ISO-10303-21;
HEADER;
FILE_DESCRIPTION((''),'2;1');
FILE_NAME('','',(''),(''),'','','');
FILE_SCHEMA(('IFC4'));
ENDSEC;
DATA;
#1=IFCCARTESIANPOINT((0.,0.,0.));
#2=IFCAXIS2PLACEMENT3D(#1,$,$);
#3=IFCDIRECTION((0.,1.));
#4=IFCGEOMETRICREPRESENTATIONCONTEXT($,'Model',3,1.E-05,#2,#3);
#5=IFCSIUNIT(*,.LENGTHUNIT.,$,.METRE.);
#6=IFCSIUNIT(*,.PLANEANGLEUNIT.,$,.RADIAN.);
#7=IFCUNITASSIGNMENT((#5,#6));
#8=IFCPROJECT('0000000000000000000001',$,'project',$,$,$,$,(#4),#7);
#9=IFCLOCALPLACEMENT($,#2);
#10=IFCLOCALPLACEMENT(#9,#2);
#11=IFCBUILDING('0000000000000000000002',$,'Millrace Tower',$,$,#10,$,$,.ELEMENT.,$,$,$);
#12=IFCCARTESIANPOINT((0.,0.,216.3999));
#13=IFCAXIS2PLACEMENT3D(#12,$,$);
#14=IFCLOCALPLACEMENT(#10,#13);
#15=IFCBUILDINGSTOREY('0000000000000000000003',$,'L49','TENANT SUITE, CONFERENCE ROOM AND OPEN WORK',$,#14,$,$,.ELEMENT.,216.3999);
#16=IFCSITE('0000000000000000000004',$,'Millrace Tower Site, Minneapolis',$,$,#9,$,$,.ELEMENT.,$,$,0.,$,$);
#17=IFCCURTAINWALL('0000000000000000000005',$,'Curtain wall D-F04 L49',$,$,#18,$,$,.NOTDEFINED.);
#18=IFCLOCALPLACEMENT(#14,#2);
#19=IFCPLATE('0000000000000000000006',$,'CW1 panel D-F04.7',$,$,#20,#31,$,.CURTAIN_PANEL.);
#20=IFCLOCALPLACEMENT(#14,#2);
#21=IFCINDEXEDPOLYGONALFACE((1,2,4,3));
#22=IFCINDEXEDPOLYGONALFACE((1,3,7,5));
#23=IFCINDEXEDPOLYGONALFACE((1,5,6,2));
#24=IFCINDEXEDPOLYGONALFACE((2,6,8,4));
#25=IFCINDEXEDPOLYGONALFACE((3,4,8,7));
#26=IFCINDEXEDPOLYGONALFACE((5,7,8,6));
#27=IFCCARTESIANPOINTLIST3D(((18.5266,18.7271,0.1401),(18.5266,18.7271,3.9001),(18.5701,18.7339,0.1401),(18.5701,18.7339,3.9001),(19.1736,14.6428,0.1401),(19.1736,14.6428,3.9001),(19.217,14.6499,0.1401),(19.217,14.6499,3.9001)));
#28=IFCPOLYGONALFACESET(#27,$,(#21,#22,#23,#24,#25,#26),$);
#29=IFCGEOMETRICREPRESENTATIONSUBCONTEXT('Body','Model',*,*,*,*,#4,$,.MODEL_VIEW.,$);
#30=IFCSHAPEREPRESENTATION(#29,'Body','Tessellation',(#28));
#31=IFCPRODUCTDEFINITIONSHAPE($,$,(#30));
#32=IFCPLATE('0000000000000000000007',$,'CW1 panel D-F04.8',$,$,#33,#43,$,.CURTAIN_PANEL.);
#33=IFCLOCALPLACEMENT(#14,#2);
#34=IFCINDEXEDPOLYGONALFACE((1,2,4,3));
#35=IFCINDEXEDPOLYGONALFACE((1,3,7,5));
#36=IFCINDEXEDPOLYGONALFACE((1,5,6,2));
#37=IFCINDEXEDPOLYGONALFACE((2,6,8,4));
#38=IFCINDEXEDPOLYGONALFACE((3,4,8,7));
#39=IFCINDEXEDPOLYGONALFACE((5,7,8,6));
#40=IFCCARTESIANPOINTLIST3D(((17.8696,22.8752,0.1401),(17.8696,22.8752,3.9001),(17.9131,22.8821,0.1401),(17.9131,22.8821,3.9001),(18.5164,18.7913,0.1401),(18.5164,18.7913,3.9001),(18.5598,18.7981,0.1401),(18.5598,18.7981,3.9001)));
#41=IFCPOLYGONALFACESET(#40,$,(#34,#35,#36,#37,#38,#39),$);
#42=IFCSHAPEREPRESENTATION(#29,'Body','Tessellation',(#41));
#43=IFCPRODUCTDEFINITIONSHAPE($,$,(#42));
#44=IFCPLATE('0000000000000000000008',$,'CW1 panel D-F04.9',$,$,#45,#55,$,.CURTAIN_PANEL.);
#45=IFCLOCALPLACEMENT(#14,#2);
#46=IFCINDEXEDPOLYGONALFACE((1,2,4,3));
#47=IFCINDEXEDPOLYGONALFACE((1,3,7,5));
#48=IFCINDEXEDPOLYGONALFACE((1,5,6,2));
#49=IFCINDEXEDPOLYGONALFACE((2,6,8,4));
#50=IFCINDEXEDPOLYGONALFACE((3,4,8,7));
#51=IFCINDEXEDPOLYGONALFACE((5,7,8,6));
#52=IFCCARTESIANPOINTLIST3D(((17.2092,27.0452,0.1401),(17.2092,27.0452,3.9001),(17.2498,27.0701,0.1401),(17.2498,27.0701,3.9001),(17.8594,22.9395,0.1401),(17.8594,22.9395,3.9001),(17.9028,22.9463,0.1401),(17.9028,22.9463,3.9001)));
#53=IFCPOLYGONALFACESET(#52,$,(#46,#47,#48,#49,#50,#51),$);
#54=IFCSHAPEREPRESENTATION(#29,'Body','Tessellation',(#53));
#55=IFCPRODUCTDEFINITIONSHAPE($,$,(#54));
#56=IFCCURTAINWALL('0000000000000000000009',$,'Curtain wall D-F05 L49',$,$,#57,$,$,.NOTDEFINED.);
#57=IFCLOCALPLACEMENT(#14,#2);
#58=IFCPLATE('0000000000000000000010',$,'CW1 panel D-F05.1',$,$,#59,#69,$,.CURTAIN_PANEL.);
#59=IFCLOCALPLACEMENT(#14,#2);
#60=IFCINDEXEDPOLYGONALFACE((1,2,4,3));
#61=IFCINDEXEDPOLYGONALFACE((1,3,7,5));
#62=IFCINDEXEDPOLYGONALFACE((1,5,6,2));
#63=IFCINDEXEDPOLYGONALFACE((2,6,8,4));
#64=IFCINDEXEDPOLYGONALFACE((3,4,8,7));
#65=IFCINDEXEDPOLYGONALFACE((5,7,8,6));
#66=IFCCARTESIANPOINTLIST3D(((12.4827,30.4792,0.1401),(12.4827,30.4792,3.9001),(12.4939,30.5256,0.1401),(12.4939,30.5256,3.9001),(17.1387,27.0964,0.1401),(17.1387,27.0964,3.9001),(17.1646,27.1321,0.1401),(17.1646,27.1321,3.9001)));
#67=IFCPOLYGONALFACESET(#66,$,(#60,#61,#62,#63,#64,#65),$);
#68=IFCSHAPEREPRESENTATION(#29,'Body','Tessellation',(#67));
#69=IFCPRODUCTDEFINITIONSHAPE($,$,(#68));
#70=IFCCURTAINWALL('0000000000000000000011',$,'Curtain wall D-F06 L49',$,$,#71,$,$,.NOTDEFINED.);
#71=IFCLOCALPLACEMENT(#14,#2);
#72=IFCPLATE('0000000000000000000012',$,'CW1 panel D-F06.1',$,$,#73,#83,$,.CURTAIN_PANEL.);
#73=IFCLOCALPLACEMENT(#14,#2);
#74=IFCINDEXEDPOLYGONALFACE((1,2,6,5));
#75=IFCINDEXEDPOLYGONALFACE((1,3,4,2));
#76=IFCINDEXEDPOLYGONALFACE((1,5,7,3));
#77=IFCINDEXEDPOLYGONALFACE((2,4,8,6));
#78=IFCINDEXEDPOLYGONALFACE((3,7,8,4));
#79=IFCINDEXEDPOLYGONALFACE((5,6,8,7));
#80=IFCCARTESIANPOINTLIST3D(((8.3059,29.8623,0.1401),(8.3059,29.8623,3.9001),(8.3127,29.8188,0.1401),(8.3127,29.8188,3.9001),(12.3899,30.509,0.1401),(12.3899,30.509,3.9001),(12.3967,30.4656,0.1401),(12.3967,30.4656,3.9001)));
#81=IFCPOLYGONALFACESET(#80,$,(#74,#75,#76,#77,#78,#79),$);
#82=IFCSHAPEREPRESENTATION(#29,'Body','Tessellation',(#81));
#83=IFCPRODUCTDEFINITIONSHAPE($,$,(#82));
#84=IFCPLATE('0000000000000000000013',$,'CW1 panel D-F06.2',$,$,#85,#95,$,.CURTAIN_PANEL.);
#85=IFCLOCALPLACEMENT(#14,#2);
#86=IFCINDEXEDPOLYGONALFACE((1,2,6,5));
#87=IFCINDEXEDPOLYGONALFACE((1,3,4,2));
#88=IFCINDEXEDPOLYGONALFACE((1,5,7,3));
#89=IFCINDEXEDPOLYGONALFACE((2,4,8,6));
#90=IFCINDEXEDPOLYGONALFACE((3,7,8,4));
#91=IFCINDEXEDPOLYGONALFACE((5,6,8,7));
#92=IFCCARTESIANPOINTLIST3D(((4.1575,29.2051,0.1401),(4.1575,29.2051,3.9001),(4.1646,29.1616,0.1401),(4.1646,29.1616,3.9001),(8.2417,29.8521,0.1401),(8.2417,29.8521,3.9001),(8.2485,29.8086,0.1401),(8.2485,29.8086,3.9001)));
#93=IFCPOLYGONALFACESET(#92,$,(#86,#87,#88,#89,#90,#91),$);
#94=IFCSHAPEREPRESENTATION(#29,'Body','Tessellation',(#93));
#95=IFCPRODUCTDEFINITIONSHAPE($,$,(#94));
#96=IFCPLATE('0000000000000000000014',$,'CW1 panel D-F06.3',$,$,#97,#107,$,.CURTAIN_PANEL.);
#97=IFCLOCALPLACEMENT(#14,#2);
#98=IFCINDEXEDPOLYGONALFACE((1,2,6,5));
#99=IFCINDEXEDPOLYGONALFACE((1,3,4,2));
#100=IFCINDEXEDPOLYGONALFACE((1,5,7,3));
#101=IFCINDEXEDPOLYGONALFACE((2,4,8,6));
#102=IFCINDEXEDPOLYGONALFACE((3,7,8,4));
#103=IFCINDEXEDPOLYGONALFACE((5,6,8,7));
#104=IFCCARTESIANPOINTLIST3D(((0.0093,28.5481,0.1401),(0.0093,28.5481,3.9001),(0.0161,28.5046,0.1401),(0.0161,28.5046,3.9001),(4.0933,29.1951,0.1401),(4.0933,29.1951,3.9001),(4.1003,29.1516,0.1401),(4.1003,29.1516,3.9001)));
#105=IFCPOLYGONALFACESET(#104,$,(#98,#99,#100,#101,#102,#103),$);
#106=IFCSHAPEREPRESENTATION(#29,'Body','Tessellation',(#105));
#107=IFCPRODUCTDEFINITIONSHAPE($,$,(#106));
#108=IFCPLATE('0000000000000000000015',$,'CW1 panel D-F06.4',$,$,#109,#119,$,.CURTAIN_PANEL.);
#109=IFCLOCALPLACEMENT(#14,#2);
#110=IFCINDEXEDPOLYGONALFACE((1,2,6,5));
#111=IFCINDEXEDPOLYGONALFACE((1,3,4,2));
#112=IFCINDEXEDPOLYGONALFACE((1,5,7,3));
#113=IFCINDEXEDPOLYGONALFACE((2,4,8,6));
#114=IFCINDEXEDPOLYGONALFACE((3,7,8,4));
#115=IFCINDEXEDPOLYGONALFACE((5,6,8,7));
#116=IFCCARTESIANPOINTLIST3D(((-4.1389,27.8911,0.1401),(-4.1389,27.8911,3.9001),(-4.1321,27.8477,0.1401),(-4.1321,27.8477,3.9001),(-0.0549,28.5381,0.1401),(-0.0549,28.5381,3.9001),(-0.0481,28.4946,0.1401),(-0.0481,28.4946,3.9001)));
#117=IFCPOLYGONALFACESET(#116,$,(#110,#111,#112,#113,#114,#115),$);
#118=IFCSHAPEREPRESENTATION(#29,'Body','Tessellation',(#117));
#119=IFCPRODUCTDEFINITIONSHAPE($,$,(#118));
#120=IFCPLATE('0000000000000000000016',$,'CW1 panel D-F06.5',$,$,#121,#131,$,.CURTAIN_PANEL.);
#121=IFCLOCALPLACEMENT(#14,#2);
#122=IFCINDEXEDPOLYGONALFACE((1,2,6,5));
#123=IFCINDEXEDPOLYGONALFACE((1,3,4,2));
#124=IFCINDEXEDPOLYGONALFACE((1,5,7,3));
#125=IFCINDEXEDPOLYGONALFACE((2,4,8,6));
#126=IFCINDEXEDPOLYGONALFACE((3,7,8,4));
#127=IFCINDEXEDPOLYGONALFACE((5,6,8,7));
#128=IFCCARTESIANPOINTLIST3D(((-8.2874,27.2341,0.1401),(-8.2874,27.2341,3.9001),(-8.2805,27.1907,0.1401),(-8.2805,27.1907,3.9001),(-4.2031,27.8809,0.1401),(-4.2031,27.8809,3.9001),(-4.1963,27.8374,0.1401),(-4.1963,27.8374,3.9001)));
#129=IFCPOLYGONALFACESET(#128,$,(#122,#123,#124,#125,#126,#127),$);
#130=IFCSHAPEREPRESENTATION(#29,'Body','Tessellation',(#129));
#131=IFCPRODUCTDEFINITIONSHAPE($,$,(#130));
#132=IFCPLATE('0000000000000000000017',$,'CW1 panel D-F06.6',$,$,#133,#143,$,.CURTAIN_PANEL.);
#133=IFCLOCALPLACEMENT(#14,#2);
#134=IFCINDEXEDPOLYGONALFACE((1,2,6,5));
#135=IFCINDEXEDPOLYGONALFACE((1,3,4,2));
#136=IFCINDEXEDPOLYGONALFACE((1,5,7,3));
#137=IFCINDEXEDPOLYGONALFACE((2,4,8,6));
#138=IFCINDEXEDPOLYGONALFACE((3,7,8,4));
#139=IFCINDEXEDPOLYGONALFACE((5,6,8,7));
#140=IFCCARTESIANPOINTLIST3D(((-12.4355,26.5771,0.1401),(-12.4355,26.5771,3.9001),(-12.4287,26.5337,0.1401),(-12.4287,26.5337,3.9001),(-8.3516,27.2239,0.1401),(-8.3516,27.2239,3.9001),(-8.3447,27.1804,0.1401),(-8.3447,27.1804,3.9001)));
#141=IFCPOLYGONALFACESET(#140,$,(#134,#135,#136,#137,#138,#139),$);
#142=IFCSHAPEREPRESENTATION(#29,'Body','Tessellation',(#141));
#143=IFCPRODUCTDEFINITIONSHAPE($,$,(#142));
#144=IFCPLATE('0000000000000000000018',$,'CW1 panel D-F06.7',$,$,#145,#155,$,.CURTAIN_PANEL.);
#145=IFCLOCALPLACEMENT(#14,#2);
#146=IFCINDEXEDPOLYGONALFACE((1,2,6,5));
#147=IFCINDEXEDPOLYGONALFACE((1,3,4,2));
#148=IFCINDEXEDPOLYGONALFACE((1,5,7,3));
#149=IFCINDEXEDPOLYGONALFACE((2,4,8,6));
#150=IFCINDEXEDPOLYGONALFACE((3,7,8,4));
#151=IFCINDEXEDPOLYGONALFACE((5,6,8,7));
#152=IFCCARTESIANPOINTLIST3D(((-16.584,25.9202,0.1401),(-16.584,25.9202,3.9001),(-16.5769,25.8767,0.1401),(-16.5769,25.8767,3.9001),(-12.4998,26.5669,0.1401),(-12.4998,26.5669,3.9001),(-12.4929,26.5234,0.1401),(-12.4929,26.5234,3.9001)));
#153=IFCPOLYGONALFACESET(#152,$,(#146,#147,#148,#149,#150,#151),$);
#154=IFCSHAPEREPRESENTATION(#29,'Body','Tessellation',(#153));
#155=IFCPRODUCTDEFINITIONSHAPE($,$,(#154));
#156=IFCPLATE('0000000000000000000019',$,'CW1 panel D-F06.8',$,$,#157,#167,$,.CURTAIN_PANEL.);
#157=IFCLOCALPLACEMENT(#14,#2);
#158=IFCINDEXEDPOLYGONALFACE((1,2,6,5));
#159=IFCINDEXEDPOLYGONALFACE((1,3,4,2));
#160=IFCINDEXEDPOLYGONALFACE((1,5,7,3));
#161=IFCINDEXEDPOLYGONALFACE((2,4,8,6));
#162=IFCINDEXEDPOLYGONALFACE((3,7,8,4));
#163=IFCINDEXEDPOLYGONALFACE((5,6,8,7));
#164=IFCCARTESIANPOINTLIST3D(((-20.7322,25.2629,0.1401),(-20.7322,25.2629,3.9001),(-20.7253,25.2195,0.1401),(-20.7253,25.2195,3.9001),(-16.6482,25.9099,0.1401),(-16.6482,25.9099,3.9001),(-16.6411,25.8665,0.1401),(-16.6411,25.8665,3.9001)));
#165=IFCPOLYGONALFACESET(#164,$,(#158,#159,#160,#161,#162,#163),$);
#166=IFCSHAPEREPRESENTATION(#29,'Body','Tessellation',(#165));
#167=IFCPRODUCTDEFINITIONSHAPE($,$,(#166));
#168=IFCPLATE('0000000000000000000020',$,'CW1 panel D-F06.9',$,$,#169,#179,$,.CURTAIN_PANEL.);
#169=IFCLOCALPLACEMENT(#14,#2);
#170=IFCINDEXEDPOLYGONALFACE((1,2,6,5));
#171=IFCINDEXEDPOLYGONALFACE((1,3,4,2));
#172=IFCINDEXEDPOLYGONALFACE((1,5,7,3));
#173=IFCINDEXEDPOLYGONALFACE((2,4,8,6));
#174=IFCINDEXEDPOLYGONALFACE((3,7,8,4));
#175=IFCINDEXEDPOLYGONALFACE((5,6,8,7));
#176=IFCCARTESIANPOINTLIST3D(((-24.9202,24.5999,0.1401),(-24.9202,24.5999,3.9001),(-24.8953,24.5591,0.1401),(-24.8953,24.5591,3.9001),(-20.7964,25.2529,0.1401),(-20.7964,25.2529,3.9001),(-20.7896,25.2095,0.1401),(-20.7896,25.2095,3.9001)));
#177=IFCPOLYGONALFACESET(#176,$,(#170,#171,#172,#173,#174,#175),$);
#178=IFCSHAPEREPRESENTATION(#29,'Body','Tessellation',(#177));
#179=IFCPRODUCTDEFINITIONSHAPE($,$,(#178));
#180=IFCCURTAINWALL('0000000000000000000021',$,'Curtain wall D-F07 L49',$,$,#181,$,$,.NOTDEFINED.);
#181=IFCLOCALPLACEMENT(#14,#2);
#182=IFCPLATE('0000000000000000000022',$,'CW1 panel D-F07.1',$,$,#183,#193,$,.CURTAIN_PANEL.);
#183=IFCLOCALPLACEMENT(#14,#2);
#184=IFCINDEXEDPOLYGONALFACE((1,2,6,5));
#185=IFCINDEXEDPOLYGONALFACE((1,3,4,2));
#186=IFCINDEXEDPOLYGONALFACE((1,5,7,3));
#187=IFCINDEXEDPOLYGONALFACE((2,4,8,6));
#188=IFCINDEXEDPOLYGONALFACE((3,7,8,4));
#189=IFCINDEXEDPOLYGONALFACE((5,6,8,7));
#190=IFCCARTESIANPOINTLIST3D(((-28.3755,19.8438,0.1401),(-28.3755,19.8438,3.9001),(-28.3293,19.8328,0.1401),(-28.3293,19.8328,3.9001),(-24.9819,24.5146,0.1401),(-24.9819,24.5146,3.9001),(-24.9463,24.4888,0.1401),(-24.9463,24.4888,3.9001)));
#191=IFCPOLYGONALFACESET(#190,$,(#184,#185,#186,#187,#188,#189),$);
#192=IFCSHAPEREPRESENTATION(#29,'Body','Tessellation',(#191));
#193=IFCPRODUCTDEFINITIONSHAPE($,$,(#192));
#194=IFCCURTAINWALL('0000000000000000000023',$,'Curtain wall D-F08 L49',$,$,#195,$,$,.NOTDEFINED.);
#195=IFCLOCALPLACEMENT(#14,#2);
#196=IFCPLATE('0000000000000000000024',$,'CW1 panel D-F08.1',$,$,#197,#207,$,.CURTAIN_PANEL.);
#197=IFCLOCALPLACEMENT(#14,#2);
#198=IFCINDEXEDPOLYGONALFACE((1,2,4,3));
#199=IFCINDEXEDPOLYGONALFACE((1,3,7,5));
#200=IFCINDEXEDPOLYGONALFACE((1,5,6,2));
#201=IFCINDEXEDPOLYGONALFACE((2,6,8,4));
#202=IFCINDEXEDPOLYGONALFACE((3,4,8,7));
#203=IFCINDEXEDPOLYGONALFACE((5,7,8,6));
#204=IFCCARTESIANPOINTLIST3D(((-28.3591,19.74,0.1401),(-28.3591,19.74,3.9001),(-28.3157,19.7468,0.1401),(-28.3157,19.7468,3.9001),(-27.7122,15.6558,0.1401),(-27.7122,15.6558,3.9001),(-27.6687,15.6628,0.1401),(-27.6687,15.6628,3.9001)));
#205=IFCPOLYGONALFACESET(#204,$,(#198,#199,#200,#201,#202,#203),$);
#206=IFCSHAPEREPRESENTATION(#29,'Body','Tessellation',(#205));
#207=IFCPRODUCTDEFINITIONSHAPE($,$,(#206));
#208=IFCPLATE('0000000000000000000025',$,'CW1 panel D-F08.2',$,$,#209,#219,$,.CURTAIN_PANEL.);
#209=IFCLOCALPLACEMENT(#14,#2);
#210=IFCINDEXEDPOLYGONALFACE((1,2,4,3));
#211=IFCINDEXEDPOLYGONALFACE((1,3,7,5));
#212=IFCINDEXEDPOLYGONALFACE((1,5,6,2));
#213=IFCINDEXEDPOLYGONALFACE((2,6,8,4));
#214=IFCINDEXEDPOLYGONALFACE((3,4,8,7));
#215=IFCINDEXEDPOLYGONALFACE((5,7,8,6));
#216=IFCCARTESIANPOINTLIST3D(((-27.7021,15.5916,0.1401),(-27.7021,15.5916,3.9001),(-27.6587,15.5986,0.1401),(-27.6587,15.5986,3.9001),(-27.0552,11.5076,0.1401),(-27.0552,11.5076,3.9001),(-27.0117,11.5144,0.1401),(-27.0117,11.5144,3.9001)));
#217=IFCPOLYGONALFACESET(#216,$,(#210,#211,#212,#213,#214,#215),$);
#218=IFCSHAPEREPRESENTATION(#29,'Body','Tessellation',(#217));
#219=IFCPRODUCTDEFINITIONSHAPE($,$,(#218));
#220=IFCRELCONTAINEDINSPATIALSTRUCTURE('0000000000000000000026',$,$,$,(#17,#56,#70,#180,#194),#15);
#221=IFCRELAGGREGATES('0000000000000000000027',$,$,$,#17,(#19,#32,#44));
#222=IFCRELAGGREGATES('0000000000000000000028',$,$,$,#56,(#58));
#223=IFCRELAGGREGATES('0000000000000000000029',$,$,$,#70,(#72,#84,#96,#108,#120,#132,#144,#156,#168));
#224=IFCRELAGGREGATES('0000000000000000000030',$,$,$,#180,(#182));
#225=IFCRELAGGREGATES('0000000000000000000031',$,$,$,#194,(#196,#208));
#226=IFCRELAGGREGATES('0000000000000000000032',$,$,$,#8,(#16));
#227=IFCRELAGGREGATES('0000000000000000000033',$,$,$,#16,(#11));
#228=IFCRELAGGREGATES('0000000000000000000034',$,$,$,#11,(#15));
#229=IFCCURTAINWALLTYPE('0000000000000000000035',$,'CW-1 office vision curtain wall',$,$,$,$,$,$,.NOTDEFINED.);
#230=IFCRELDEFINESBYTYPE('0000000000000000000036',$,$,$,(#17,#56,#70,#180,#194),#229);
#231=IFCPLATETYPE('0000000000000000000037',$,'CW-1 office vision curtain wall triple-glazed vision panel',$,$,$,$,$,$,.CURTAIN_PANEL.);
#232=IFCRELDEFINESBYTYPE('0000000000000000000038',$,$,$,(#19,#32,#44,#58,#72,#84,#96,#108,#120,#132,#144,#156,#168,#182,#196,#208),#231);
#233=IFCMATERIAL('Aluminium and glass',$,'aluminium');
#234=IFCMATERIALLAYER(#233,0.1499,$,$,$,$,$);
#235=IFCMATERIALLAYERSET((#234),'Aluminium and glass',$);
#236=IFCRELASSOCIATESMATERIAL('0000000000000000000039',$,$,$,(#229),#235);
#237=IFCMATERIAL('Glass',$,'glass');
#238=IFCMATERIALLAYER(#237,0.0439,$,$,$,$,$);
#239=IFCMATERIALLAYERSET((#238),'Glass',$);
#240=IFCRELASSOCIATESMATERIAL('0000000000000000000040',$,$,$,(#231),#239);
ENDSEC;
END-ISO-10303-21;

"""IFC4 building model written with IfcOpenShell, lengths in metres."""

from ifc_helpers import new_model, si_unit, direction, frame, origin, place, context, subcontext, project, spatial, polyline, outline, extrude, material, layer, layer_set, type_object, element, aggregate, save


model = new_model("IFC4")

# Units and contexts
model_context = context("Model", 3, precision=1e-05, world=origin(), true_north=direction((0.0, 1.0)))
body_context = subcontext(model_context, "Body", "Model", "MODEL_VIEW")
ifc_project = project(units=[si_unit("LENGTHUNIT", "METRE"), si_unit("PLANEANGLEUNIT", "RADIAN")], contexts=[model_context])

# Site, building, storey
site_placement = place(None, origin())
site = spatial("IfcSite", under=ifc_project, at=site_placement, Name="Millrace Tower Site, Minneapolis", CompositionType="ELEMENT", RefElevation=0.0)
building_placement = place(site_placement, origin())
building = spatial("IfcBuilding", under=site, at=building_placement, Name="Millrace Tower", CompositionType="ELEMENT")
storey_placement = place(building_placement, frame((0.0, 0.0, 216.3999)))
storey = spatial("IfcBuildingStorey", under=building, at=storey_placement, Name="L49", Description="TENANT SUITE, CONFERENCE ROOM AND OPEN WORK", CompositionType="ELEMENT", Elevation=216.3999)

# Curtain wall, plates
ifc_material_1 = material(Name="Aluminium and glass", Category="aluminium")
ifc_layer_1 = layer(ifc_material_1, 0.1499)
ifc_layer_set_1 = layer_set([ifc_layer_1], Name="Aluminium and glass")
curtain_wall_type = type_object("IfcCurtainWallType", Name="CW-1 office vision curtain wall", PredefinedType="NOTDEFINED", material=ifc_layer_set_1)
placement_1 = place(storey_placement, origin())
curtain_wall_1 = element("IfcCurtainWall", 1, at=placement_1, inside=storey, type_object=curtain_wall_type, Name="Curtain wall D-F04 L49", PredefinedType="NOTDEFINED")
ifc_material_2 = material(Name="Glass", Category="glass")
ifc_layer_2 = layer(ifc_material_2, 0.0439)
ifc_layer_set_2 = layer_set([ifc_layer_2], Name="Glass")
plate_type = type_object("IfcPlateType", Name="CW-1 office vision curtain wall triple-glazed vision panel", PredefinedType="CURTAIN_PANEL", material=ifc_layer_set_2)
placement_2 = place(storey_placement, frame((0.0, 0.0, 0.1401)))
plate_1 = element("IfcPlate", 2, at=placement_2, type_object=plate_type, Name="CW1 panel D-F04.7", PredefinedType="CURTAIN_PANEL", context=body_context, shape_type="SweptSolid", body=[
    extrude(outline(polyline([(19.217, 14.6499), (18.5701, 18.7339), (18.5266, 18.7271), (19.1736, 14.6428), (19.217, 14.6499)])), origin(), (0.0, 0.0, 1.0), 3.76),
])
plate_2 = element("IfcPlate", 3, at=placement_2, type_object=plate_type, Name="CW1 panel D-F04.8", PredefinedType="CURTAIN_PANEL", context=body_context, shape_type="SweptSolid", body=[
    extrude(outline(polyline([(18.5598, 18.7981), (17.9131, 22.8821), (17.8696, 22.8752), (18.5164, 18.7913), (18.5598, 18.7981)])), origin(), (0.0, 0.0, 1.0), 3.76),
])
plate_3 = element("IfcPlate", 4, at=placement_2, type_object=plate_type, Name="CW1 panel D-F04.9", PredefinedType="CURTAIN_PANEL", context=body_context, shape_type="SweptSolid", body=[
    extrude(outline(polyline([(17.9028, 22.9463), (17.2498, 27.0701), (17.2092, 27.0452), (17.8594, 22.9395), (17.9028, 22.9463)])), origin(), (0.0, 0.0, 1.0), 3.76),
])
aggregate(curtain_wall_1, [plate_1, plate_2, plate_3])

# Curtain wall, plate
curtain_wall_2 = element("IfcCurtainWall", 5, at=placement_1, inside=storey, type_object=curtain_wall_type, Name="Curtain wall D-F05 L49", PredefinedType="NOTDEFINED")
plate_4 = element("IfcPlate", 6, at=placement_2, type_object=plate_type, Name="CW1 panel D-F05.1", PredefinedType="CURTAIN_PANEL", context=body_context, shape_type="SweptSolid", body=[
    extrude(outline(polyline([(17.1646, 27.1321), (12.4939, 30.5256), (12.4827, 30.4792), (17.1387, 27.0964), (17.1646, 27.1321)])), origin(), (0.0, 0.0, 1.0), 3.76),
])
aggregate(curtain_wall_2, [plate_4])

# Curtain wall, plates
curtain_wall_3 = element("IfcCurtainWall", 7, at=placement_1, inside=storey, type_object=curtain_wall_type, Name="Curtain wall D-F06 L49", PredefinedType="NOTDEFINED")
plate_5 = element("IfcPlate", 8, at=placement_2, type_object=plate_type, Name="CW1 panel D-F06.1", PredefinedType="CURTAIN_PANEL", context=body_context, shape_type="SweptSolid", body=[
    extrude(outline(polyline([(12.3899, 30.509), (8.3059, 29.8623), (8.3127, 29.8188), (12.3967, 30.4656), (12.3899, 30.509)])), origin(), (0.0, 0.0, 1.0), 3.76),
])
plate_6 = element("IfcPlate", 9, at=placement_2, type_object=plate_type, Name="CW1 panel D-F06.2", PredefinedType="CURTAIN_PANEL", context=body_context, shape_type="SweptSolid", body=[
    extrude(outline(polyline([(8.2417, 29.8521), (4.1575, 29.2051), (4.1646, 29.1616), (8.2485, 29.8086), (8.2417, 29.8521)])), origin(), (0.0, 0.0, 1.0), 3.76),
])
plate_7 = element("IfcPlate", 10, at=placement_2, type_object=plate_type, Name="CW1 panel D-F06.3", PredefinedType="CURTAIN_PANEL", context=body_context, shape_type="SweptSolid", body=[
    extrude(outline(polyline([(4.0933, 29.1951), (0.0093, 28.5481), (0.0161, 28.5046), (4.1003, 29.1516), (4.0933, 29.1951)])), origin(), (0.0, 0.0, 1.0), 3.76),
])
plate_8 = element("IfcPlate", 11, at=placement_2, type_object=plate_type, Name="CW1 panel D-F06.4", PredefinedType="CURTAIN_PANEL", context=body_context, shape_type="SweptSolid", body=[
    extrude(outline(polyline([(-0.0549, 28.5381), (-4.1389, 27.8911), (-4.1321, 27.8477), (-0.0481, 28.4946), (-0.0549, 28.5381)])), origin(), (0.0, 0.0, 1.0), 3.76),
])
plate_9 = element("IfcPlate", 12, at=placement_2, type_object=plate_type, Name="CW1 panel D-F06.5", PredefinedType="CURTAIN_PANEL", context=body_context, shape_type="SweptSolid", body=[
    extrude(outline(polyline([(-4.2031, 27.8809), (-8.2874, 27.2341), (-8.2805, 27.1907), (-4.1963, 27.8374), (-4.2031, 27.8809)])), origin(), (0.0, 0.0, 1.0), 3.76),
])
plate_10 = element("IfcPlate", 13, at=placement_2, type_object=plate_type, Name="CW1 panel D-F06.6", PredefinedType="CURTAIN_PANEL", context=body_context, shape_type="SweptSolid", body=[
    extrude(outline(polyline([(-8.3516, 27.2239), (-12.4355, 26.5771), (-12.4287, 26.5337), (-8.3447, 27.1804), (-8.3516, 27.2239)])), origin(), (0.0, 0.0, 1.0), 3.76),
])
plate_11 = element("IfcPlate", 14, at=placement_2, type_object=plate_type, Name="CW1 panel D-F06.7", PredefinedType="CURTAIN_PANEL", context=body_context, shape_type="SweptSolid", body=[
    extrude(outline(polyline([(-12.4998, 26.5669), (-16.584, 25.9202), (-16.5769, 25.8767), (-12.4929, 26.5234), (-12.4998, 26.5669)])), origin(), (0.0, 0.0, 1.0), 3.76),
])
plate_12 = element("IfcPlate", 15, at=placement_2, type_object=plate_type, Name="CW1 panel D-F06.8", PredefinedType="CURTAIN_PANEL", context=body_context, shape_type="SweptSolid", body=[
    extrude(outline(polyline([(-16.6482, 25.9099), (-20.7322, 25.2629), (-20.7253, 25.2195), (-16.6411, 25.8665), (-16.6482, 25.9099)])), origin(), (0.0, 0.0, 1.0), 3.76),
])
plate_13 = element("IfcPlate", 16, at=placement_2, type_object=plate_type, Name="CW1 panel D-F06.9", PredefinedType="CURTAIN_PANEL", context=body_context, shape_type="SweptSolid", body=[
    extrude(outline(polyline([(-20.7964, 25.2529), (-24.9202, 24.5999), (-24.8953, 24.5591), (-20.7896, 25.2095), (-20.7964, 25.2529)])), origin(), (0.0, 0.0, 1.0), 3.76),
])
aggregate(curtain_wall_3, [plate_5, plate_6, plate_7, plate_8, plate_9, plate_10, plate_11, plate_12, plate_13])

# Curtain wall, plate
curtain_wall_4 = element("IfcCurtainWall", 17, at=placement_1, inside=storey, type_object=curtain_wall_type, Name="Curtain wall D-F07 L49", PredefinedType="NOTDEFINED")
plate_14 = element("IfcPlate", 18, at=placement_2, type_object=plate_type, Name="CW1 panel D-F07.1", PredefinedType="CURTAIN_PANEL", context=body_context, shape_type="SweptSolid", body=[
    extrude(outline(polyline([(-24.9819, 24.5146), (-28.3755, 19.8438), (-28.3293, 19.8328), (-24.9463, 24.4888), (-24.9819, 24.5146)])), origin(), (0.0, 0.0, 1.0), 3.76),
])
aggregate(curtain_wall_4, [plate_14])

# Curtain wall, plates
curtain_wall_5 = element("IfcCurtainWall", 19, at=placement_1, inside=storey, type_object=curtain_wall_type, Name="Curtain wall D-F08 L49", PredefinedType="NOTDEFINED")
plate_15 = element("IfcPlate", 20, at=placement_2, type_object=plate_type, Name="CW1 panel D-F08.1", PredefinedType="CURTAIN_PANEL", context=body_context, shape_type="SweptSolid", body=[
    extrude(outline(polyline([(-28.3591, 19.74), (-27.7122, 15.6558), (-27.6687, 15.6628), (-28.3157, 19.7468), (-28.3591, 19.74)])), origin(), (0.0, 0.0, 1.0), 3.76),
])
plate_16 = element("IfcPlate", 21, at=placement_2, type_object=plate_type, Name="CW1 panel D-F08.2", PredefinedType="CURTAIN_PANEL", context=body_context, shape_type="SweptSolid", body=[
    extrude(outline(polyline([(-27.7021, 15.5916), (-27.0552, 11.5076), (-27.0117, 11.5144), (-27.6587, 15.5986), (-27.7021, 15.5916)])), origin(), (0.0, 0.0, 1.0), 3.76),
])
aggregate(curtain_wall_5, [plate_15, plate_16])

save(model, "model.ifc")
